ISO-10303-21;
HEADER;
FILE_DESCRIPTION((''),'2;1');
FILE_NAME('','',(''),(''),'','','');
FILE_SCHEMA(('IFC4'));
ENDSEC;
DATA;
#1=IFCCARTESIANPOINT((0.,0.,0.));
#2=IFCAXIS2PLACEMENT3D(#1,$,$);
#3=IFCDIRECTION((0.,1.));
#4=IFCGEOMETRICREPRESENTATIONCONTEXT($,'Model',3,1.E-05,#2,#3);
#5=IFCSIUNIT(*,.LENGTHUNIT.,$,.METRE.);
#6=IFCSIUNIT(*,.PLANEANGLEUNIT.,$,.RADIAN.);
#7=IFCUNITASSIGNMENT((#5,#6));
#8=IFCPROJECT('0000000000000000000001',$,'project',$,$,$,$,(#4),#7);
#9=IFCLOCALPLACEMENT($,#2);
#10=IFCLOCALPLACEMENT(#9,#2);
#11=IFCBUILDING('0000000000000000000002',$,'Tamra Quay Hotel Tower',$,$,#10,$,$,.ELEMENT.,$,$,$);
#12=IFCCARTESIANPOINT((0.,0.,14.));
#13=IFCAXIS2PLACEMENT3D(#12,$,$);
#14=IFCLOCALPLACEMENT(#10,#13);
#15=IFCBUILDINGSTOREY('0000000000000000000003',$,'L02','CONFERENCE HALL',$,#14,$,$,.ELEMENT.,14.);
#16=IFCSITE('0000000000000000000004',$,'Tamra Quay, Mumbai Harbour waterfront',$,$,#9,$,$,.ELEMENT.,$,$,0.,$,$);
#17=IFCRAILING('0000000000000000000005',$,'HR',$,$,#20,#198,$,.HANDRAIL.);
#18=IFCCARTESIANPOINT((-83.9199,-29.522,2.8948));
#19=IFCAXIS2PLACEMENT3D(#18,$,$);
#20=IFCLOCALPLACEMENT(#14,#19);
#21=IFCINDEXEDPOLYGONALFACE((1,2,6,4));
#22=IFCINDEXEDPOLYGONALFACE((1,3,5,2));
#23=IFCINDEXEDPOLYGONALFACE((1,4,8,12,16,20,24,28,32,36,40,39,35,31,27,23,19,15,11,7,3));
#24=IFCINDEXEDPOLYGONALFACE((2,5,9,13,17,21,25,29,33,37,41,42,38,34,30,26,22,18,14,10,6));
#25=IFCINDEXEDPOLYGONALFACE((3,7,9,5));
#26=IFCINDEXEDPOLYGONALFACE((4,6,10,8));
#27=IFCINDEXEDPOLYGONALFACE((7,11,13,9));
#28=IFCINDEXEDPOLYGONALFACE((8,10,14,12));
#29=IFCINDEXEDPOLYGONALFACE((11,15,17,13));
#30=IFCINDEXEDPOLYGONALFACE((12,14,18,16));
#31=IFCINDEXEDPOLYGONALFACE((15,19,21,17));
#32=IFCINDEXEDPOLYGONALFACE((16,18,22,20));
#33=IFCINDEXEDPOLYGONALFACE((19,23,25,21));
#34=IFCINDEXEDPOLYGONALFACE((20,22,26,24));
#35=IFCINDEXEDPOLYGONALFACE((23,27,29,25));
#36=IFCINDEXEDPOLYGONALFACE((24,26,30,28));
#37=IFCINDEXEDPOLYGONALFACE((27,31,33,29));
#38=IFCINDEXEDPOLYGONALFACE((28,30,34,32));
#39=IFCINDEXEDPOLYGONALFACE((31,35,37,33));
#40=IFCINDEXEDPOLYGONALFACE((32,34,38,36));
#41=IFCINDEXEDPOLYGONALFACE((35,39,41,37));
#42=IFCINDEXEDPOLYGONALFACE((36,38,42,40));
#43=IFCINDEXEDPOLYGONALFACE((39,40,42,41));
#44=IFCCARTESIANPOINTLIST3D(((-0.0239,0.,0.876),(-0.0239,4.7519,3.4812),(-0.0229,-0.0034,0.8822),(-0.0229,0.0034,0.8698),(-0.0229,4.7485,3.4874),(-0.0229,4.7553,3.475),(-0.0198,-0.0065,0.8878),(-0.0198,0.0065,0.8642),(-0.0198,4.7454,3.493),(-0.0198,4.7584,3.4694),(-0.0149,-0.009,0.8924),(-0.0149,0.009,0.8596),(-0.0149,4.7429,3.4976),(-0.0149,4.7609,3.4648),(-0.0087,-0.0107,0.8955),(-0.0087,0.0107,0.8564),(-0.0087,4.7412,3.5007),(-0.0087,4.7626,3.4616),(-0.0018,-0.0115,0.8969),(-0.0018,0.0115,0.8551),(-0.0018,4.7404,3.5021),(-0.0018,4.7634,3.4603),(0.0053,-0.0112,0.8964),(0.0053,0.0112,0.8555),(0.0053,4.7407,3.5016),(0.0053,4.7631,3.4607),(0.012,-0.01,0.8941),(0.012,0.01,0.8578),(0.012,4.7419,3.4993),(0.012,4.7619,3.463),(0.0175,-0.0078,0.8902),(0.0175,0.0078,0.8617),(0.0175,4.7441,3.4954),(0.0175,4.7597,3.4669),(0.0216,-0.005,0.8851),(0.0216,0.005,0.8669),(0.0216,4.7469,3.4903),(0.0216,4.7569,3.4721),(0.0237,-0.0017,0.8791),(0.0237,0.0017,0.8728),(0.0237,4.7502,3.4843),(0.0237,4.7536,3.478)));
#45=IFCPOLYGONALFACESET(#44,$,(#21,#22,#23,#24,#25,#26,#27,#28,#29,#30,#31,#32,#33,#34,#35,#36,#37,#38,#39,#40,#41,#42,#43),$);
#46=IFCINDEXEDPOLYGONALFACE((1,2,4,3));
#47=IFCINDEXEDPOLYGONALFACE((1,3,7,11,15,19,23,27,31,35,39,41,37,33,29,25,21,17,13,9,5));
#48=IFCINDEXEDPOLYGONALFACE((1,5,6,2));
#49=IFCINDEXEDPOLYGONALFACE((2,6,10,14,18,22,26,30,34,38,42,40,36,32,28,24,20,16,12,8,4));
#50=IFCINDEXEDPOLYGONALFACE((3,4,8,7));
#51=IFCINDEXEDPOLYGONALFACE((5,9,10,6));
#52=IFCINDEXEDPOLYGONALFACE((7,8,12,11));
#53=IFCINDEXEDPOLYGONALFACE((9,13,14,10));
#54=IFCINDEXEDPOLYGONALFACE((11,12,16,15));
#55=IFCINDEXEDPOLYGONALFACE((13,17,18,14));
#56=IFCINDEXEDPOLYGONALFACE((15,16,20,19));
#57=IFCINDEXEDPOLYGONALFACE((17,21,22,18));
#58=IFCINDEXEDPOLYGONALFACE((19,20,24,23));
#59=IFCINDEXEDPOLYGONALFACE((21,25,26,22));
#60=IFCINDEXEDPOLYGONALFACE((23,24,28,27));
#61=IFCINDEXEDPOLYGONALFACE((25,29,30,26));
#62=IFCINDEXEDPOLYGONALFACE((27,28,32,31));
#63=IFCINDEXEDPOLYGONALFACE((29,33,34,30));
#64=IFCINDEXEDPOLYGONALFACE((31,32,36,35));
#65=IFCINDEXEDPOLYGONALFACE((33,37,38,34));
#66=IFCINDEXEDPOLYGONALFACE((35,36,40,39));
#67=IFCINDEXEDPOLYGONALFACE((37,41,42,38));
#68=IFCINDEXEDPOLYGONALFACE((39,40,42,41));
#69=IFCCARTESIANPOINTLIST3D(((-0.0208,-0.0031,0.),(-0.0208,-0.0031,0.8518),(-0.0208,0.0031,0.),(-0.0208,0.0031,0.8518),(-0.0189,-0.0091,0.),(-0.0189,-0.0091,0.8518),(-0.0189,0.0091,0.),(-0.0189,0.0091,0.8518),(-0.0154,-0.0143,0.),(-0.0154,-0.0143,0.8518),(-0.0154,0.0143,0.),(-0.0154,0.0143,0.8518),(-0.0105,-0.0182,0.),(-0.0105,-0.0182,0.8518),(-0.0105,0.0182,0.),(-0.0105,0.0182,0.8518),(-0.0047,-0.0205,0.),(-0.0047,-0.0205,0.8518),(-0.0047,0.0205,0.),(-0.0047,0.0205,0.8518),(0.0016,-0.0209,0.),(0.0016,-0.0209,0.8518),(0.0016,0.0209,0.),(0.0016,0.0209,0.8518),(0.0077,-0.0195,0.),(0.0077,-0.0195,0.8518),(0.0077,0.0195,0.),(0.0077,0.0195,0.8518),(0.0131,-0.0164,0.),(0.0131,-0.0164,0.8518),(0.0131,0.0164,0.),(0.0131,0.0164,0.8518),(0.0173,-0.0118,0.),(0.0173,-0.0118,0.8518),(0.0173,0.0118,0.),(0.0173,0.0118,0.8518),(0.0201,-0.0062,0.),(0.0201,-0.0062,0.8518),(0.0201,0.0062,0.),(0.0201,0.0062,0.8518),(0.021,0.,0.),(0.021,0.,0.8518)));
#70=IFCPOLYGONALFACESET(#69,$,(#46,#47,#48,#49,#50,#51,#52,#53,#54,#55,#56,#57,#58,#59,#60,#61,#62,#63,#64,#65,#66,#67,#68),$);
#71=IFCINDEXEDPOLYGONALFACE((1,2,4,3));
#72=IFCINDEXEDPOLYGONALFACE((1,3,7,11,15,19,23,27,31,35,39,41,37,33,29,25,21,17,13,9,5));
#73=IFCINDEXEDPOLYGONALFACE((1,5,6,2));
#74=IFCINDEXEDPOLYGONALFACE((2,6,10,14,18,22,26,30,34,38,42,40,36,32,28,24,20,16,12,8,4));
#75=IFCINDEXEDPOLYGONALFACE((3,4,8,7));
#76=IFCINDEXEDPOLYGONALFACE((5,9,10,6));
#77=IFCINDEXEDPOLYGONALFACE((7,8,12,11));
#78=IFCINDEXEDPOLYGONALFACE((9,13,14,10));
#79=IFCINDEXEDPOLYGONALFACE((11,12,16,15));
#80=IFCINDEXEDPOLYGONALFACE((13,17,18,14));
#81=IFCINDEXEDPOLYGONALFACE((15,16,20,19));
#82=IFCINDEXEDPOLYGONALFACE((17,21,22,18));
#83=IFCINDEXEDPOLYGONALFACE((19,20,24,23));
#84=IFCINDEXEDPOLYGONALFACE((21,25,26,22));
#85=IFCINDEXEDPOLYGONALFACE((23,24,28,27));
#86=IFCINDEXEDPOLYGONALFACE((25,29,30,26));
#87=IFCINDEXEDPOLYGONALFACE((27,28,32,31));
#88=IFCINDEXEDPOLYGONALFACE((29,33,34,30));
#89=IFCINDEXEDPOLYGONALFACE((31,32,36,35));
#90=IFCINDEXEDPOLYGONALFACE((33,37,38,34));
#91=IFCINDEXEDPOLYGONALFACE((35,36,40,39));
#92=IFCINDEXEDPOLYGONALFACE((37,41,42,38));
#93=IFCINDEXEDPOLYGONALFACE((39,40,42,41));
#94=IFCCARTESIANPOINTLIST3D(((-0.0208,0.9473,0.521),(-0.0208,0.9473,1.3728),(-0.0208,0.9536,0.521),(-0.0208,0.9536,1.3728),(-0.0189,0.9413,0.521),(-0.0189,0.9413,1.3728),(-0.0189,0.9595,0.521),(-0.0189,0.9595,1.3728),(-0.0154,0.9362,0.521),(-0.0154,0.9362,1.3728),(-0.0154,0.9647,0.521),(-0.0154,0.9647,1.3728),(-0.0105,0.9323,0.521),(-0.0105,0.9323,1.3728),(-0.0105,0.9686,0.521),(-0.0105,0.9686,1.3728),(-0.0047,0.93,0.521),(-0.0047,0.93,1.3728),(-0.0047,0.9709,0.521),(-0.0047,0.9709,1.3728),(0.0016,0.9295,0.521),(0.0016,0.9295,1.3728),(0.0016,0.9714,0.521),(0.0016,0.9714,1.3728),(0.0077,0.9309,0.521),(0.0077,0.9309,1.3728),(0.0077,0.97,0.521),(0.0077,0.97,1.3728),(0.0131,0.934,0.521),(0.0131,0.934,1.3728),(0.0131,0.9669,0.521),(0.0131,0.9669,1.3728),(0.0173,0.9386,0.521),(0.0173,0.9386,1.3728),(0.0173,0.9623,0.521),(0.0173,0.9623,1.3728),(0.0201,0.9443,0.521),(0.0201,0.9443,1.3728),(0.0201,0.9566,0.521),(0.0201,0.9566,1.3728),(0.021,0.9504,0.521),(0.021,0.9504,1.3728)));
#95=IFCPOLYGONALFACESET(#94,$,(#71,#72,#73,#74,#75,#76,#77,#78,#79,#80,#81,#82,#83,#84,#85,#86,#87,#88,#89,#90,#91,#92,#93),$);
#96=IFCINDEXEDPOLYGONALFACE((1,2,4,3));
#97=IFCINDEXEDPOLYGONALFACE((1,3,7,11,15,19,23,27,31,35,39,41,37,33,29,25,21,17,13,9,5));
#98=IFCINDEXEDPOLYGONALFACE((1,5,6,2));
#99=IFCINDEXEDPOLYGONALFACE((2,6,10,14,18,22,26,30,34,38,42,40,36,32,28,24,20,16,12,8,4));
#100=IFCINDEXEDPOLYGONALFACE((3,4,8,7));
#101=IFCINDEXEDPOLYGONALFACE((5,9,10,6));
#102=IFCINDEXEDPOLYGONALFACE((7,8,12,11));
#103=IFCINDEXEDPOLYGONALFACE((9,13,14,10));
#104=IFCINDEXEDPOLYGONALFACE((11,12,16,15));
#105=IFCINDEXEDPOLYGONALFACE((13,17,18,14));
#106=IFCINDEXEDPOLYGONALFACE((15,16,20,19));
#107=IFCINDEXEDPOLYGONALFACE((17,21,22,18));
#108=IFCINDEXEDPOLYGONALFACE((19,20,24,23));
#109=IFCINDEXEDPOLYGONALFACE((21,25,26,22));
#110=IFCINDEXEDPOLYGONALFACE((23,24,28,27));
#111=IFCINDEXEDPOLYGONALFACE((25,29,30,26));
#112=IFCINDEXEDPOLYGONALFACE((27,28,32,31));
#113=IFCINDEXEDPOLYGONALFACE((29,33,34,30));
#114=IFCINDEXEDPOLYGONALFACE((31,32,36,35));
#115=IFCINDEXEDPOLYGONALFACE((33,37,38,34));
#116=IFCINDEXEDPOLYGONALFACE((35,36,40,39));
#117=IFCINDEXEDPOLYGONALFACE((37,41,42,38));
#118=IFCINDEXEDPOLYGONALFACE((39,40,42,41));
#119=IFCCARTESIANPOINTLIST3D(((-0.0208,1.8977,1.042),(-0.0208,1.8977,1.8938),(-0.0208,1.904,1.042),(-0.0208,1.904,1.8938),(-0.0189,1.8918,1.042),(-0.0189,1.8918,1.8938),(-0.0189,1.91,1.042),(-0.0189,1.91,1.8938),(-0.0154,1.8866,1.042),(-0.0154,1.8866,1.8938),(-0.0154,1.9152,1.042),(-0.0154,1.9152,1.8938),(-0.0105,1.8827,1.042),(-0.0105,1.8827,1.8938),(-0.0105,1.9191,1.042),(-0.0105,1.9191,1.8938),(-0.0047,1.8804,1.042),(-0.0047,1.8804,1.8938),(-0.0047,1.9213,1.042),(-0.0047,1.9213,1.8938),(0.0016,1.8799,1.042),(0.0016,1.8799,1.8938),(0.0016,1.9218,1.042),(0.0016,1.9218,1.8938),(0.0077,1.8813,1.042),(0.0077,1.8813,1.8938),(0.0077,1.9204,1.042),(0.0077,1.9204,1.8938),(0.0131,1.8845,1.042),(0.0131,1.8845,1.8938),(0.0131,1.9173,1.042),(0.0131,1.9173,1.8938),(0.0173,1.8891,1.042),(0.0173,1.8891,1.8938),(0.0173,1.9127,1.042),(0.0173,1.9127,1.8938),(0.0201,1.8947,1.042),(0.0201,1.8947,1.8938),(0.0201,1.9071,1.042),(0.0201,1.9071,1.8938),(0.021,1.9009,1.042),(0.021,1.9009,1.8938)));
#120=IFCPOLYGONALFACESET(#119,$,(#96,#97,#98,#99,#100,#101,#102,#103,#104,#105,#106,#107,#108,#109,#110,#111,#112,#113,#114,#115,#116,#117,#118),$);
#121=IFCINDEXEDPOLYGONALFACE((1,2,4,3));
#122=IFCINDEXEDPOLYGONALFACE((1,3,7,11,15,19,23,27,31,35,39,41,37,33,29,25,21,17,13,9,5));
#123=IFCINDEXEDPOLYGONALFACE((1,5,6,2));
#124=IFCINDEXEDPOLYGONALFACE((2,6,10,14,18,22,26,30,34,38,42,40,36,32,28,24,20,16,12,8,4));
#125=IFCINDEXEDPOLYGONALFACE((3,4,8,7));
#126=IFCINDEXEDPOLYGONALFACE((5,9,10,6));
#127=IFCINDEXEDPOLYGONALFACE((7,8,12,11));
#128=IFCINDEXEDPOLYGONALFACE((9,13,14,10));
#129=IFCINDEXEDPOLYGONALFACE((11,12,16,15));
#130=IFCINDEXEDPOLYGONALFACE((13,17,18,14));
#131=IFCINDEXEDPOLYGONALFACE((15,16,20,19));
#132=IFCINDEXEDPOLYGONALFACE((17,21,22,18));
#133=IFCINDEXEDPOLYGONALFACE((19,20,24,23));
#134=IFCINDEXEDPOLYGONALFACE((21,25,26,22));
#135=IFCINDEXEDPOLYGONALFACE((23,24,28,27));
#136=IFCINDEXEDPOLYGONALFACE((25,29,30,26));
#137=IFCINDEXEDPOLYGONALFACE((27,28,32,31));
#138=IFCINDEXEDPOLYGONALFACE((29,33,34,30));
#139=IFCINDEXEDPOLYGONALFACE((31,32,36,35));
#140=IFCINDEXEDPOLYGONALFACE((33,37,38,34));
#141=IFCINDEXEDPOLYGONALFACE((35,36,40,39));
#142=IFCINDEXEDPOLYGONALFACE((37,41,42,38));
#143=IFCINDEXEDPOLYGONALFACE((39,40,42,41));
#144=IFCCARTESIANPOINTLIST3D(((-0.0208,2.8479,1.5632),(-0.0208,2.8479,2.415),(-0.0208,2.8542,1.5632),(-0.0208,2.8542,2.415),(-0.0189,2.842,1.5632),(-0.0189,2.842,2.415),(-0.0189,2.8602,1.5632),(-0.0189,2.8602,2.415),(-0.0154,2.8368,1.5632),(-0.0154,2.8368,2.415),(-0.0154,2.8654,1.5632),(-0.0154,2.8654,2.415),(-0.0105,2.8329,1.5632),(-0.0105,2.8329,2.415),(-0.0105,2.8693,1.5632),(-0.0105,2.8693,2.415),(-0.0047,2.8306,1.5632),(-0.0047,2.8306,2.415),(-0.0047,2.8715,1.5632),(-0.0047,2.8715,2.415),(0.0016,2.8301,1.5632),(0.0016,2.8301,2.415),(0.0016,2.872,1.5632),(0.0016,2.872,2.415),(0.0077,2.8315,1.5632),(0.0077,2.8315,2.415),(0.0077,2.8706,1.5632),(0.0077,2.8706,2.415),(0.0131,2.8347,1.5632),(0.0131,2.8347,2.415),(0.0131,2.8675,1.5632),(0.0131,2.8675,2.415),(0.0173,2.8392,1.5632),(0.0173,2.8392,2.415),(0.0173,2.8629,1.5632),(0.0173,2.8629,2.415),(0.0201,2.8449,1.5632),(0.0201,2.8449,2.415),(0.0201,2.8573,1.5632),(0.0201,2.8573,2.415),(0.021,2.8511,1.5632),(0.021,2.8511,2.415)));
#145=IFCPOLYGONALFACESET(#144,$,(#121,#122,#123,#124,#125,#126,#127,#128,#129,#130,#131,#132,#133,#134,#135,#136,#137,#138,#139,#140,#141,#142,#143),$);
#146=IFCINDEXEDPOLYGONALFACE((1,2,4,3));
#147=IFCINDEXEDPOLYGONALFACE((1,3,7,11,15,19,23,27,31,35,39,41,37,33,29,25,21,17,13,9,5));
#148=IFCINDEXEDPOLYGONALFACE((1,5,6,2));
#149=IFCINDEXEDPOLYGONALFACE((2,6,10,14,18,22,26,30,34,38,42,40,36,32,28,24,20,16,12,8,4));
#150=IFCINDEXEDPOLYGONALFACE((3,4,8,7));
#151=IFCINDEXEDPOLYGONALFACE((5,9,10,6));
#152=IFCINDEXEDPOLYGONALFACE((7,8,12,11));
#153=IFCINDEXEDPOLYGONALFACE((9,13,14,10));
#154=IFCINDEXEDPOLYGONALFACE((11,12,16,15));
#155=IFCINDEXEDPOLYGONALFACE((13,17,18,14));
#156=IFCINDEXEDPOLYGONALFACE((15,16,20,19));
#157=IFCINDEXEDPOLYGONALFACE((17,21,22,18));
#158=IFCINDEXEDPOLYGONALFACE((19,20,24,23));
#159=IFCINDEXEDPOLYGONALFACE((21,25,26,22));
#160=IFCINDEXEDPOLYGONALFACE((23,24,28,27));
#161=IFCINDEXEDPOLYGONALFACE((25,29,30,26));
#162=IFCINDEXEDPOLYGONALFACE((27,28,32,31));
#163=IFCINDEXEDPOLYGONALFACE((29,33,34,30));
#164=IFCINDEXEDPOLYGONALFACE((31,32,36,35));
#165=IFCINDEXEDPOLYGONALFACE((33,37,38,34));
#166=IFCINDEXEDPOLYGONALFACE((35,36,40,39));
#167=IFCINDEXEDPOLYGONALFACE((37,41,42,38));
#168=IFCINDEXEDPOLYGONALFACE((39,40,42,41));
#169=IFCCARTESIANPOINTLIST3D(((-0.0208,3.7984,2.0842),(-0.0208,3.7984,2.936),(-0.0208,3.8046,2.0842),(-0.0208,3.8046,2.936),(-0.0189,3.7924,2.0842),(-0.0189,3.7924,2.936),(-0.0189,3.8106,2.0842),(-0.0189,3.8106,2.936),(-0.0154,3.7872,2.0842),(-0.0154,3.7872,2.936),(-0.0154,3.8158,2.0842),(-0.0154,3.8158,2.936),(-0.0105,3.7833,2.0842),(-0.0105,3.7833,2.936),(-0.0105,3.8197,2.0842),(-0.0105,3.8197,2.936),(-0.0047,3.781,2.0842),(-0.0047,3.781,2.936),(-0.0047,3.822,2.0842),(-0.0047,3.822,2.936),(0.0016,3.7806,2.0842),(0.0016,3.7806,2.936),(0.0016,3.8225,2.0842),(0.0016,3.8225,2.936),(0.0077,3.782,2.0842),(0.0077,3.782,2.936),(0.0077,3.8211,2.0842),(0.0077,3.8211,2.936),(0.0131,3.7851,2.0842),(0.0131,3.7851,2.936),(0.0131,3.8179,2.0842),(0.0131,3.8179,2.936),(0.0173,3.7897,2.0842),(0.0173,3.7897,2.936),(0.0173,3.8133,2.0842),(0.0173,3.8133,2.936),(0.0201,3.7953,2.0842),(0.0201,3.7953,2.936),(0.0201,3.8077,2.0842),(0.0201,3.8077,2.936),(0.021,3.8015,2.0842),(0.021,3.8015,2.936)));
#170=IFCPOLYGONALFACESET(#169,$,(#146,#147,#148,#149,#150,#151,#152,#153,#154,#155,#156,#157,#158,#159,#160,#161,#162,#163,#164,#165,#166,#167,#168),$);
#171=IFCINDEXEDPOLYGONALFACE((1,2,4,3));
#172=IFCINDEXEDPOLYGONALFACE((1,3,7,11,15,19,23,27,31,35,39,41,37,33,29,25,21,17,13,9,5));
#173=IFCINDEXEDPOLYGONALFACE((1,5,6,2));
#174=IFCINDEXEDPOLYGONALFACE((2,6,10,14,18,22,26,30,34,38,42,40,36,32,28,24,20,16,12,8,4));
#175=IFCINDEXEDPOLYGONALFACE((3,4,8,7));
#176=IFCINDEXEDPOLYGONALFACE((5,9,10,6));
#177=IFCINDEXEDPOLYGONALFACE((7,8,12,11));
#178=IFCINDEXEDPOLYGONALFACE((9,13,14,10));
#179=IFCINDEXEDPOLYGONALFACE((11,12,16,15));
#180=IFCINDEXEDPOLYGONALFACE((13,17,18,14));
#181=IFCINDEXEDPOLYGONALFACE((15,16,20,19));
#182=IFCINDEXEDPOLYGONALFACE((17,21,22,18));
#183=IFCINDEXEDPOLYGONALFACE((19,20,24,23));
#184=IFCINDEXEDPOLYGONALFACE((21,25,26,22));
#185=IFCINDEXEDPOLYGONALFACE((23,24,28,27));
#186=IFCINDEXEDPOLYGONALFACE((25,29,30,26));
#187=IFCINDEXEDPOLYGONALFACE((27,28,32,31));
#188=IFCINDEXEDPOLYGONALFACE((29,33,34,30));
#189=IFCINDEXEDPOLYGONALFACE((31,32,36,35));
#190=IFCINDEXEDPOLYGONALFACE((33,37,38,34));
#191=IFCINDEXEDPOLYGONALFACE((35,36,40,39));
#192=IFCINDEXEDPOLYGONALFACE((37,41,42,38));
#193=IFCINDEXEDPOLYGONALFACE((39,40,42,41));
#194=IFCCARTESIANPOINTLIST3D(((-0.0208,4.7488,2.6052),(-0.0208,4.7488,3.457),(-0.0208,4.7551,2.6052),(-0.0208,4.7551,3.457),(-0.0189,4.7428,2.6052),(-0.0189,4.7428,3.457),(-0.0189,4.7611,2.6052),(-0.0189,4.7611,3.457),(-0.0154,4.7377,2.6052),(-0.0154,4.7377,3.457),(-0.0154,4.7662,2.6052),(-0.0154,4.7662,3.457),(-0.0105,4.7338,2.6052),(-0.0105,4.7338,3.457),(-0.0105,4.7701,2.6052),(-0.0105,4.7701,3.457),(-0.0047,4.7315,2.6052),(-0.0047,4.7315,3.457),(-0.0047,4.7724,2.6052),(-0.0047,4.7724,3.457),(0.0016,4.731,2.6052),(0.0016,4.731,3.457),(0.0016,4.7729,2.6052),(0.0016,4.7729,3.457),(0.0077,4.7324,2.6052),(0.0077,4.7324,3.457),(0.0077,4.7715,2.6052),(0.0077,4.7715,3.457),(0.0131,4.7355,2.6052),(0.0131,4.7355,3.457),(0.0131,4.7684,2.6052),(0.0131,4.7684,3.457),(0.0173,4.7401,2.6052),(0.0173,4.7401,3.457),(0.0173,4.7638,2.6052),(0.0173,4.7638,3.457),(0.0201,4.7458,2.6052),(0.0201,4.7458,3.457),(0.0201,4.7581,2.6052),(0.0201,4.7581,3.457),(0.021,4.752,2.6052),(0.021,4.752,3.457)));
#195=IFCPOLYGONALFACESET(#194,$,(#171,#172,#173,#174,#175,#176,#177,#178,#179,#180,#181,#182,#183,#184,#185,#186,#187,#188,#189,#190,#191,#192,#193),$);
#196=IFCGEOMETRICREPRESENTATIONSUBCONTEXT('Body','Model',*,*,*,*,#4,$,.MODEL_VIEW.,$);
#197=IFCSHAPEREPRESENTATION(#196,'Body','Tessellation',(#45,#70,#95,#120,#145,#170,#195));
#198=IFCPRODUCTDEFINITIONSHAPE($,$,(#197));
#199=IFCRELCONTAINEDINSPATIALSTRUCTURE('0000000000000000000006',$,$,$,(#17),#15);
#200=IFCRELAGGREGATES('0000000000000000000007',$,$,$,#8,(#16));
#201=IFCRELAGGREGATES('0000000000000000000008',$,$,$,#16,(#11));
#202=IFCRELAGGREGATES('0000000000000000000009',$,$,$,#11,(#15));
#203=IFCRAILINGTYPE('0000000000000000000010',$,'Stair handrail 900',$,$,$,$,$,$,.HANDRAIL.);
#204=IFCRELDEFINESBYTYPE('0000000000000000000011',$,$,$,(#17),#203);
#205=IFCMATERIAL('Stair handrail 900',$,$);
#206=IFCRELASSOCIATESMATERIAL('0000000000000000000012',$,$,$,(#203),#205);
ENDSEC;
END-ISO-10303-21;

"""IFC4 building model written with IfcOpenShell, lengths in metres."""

from ifc_helpers import new_model, si_unit, direction, frame, origin, origin_2d, place, context, subcontext, project, spatial, circle, extrude, material, type_object, element, save


model = new_model("IFC4")

# Units and contexts
model_context = context("Model", 3, precision=1e-05, world=origin(), true_north=direction((0.0, 1.0)))
body_context = subcontext(model_context, "Body", "Model", "MODEL_VIEW")
ifc_project = project(units=[si_unit("LENGTHUNIT", "METRE"), si_unit("PLANEANGLEUNIT", "RADIAN")], contexts=[model_context])

# Site, building, storey
site_placement = place(None, origin())
site = spatial("IfcSite", under=ifc_project, at=site_placement, Name="Tamra Quay, Mumbai Harbour waterfront", CompositionType="ELEMENT", RefElevation=0.0)
building_placement = place(site_placement, origin())
building = spatial("IfcBuilding", under=site, at=building_placement, Name="Tamra Quay Hotel Tower", CompositionType="ELEMENT")
storey_placement = place(building_placement, frame((0.0, 0.0, 14.0)))
storey = spatial("IfcBuildingStorey", under=building, at=storey_placement, Name="L02", Description="CONFERENCE HALL", CompositionType="ELEMENT", Elevation=14.0)

# Railing
ifc_material_1 = material(Name="Stair handrail 900")
railing_type_1 = type_object("IfcRailingType", Name="Stair handrail 900", PredefinedType="HANDRAIL", material=ifc_material_1)
railing_1_placement = place(storey_placement, frame((-83.9199, -29.522, 2.8948)))
element("IfcRailing", 1, at=railing_1_placement, inside=storey, type_object=railing_type_1, Name="HR", PredefinedType="HANDRAIL", context=body_context, shape_type="SweptSolid", body=[
    extrude(circle(Radius=0.0239, at=origin_2d()), frame((0.0, 0.0, 0.876), z_axis=(0.0, 0.876866, 0.480735), x_axis=(-1.0, 0.0, 0.0)), (0.0, 0.0, 1.0), 5.4192),
    extrude(circle(Radius=0.021, at=origin_2d()), origin(), (0.0, 0.0, 1.0), 0.8518),
    extrude(circle(Radius=0.021, at=origin_2d()), frame((0.0, 0.9504, 0.521)), (0.0, 0.0, 1.0), 0.8518),
    extrude(circle(Radius=0.021, at=origin_2d()), frame((0.0, 1.9009, 1.042)), (0.0, 0.0, 1.0), 0.8518),
    extrude(circle(Radius=0.021, at=origin_2d()), frame((0.0, 2.8511, 1.5632)), (0.0, 0.0, 1.0), 0.8518),
    extrude(circle(Radius=0.021, at=origin_2d()), frame((0.0, 3.8015, 2.0842)), (0.0, 0.0, 1.0), 0.8518),
    extrude(circle(Radius=0.021, at=origin_2d()), frame((0.0, 4.752, 2.6052)), (0.0, 0.0, 1.0), 0.8518),
])

save(model, "model.ifc")
